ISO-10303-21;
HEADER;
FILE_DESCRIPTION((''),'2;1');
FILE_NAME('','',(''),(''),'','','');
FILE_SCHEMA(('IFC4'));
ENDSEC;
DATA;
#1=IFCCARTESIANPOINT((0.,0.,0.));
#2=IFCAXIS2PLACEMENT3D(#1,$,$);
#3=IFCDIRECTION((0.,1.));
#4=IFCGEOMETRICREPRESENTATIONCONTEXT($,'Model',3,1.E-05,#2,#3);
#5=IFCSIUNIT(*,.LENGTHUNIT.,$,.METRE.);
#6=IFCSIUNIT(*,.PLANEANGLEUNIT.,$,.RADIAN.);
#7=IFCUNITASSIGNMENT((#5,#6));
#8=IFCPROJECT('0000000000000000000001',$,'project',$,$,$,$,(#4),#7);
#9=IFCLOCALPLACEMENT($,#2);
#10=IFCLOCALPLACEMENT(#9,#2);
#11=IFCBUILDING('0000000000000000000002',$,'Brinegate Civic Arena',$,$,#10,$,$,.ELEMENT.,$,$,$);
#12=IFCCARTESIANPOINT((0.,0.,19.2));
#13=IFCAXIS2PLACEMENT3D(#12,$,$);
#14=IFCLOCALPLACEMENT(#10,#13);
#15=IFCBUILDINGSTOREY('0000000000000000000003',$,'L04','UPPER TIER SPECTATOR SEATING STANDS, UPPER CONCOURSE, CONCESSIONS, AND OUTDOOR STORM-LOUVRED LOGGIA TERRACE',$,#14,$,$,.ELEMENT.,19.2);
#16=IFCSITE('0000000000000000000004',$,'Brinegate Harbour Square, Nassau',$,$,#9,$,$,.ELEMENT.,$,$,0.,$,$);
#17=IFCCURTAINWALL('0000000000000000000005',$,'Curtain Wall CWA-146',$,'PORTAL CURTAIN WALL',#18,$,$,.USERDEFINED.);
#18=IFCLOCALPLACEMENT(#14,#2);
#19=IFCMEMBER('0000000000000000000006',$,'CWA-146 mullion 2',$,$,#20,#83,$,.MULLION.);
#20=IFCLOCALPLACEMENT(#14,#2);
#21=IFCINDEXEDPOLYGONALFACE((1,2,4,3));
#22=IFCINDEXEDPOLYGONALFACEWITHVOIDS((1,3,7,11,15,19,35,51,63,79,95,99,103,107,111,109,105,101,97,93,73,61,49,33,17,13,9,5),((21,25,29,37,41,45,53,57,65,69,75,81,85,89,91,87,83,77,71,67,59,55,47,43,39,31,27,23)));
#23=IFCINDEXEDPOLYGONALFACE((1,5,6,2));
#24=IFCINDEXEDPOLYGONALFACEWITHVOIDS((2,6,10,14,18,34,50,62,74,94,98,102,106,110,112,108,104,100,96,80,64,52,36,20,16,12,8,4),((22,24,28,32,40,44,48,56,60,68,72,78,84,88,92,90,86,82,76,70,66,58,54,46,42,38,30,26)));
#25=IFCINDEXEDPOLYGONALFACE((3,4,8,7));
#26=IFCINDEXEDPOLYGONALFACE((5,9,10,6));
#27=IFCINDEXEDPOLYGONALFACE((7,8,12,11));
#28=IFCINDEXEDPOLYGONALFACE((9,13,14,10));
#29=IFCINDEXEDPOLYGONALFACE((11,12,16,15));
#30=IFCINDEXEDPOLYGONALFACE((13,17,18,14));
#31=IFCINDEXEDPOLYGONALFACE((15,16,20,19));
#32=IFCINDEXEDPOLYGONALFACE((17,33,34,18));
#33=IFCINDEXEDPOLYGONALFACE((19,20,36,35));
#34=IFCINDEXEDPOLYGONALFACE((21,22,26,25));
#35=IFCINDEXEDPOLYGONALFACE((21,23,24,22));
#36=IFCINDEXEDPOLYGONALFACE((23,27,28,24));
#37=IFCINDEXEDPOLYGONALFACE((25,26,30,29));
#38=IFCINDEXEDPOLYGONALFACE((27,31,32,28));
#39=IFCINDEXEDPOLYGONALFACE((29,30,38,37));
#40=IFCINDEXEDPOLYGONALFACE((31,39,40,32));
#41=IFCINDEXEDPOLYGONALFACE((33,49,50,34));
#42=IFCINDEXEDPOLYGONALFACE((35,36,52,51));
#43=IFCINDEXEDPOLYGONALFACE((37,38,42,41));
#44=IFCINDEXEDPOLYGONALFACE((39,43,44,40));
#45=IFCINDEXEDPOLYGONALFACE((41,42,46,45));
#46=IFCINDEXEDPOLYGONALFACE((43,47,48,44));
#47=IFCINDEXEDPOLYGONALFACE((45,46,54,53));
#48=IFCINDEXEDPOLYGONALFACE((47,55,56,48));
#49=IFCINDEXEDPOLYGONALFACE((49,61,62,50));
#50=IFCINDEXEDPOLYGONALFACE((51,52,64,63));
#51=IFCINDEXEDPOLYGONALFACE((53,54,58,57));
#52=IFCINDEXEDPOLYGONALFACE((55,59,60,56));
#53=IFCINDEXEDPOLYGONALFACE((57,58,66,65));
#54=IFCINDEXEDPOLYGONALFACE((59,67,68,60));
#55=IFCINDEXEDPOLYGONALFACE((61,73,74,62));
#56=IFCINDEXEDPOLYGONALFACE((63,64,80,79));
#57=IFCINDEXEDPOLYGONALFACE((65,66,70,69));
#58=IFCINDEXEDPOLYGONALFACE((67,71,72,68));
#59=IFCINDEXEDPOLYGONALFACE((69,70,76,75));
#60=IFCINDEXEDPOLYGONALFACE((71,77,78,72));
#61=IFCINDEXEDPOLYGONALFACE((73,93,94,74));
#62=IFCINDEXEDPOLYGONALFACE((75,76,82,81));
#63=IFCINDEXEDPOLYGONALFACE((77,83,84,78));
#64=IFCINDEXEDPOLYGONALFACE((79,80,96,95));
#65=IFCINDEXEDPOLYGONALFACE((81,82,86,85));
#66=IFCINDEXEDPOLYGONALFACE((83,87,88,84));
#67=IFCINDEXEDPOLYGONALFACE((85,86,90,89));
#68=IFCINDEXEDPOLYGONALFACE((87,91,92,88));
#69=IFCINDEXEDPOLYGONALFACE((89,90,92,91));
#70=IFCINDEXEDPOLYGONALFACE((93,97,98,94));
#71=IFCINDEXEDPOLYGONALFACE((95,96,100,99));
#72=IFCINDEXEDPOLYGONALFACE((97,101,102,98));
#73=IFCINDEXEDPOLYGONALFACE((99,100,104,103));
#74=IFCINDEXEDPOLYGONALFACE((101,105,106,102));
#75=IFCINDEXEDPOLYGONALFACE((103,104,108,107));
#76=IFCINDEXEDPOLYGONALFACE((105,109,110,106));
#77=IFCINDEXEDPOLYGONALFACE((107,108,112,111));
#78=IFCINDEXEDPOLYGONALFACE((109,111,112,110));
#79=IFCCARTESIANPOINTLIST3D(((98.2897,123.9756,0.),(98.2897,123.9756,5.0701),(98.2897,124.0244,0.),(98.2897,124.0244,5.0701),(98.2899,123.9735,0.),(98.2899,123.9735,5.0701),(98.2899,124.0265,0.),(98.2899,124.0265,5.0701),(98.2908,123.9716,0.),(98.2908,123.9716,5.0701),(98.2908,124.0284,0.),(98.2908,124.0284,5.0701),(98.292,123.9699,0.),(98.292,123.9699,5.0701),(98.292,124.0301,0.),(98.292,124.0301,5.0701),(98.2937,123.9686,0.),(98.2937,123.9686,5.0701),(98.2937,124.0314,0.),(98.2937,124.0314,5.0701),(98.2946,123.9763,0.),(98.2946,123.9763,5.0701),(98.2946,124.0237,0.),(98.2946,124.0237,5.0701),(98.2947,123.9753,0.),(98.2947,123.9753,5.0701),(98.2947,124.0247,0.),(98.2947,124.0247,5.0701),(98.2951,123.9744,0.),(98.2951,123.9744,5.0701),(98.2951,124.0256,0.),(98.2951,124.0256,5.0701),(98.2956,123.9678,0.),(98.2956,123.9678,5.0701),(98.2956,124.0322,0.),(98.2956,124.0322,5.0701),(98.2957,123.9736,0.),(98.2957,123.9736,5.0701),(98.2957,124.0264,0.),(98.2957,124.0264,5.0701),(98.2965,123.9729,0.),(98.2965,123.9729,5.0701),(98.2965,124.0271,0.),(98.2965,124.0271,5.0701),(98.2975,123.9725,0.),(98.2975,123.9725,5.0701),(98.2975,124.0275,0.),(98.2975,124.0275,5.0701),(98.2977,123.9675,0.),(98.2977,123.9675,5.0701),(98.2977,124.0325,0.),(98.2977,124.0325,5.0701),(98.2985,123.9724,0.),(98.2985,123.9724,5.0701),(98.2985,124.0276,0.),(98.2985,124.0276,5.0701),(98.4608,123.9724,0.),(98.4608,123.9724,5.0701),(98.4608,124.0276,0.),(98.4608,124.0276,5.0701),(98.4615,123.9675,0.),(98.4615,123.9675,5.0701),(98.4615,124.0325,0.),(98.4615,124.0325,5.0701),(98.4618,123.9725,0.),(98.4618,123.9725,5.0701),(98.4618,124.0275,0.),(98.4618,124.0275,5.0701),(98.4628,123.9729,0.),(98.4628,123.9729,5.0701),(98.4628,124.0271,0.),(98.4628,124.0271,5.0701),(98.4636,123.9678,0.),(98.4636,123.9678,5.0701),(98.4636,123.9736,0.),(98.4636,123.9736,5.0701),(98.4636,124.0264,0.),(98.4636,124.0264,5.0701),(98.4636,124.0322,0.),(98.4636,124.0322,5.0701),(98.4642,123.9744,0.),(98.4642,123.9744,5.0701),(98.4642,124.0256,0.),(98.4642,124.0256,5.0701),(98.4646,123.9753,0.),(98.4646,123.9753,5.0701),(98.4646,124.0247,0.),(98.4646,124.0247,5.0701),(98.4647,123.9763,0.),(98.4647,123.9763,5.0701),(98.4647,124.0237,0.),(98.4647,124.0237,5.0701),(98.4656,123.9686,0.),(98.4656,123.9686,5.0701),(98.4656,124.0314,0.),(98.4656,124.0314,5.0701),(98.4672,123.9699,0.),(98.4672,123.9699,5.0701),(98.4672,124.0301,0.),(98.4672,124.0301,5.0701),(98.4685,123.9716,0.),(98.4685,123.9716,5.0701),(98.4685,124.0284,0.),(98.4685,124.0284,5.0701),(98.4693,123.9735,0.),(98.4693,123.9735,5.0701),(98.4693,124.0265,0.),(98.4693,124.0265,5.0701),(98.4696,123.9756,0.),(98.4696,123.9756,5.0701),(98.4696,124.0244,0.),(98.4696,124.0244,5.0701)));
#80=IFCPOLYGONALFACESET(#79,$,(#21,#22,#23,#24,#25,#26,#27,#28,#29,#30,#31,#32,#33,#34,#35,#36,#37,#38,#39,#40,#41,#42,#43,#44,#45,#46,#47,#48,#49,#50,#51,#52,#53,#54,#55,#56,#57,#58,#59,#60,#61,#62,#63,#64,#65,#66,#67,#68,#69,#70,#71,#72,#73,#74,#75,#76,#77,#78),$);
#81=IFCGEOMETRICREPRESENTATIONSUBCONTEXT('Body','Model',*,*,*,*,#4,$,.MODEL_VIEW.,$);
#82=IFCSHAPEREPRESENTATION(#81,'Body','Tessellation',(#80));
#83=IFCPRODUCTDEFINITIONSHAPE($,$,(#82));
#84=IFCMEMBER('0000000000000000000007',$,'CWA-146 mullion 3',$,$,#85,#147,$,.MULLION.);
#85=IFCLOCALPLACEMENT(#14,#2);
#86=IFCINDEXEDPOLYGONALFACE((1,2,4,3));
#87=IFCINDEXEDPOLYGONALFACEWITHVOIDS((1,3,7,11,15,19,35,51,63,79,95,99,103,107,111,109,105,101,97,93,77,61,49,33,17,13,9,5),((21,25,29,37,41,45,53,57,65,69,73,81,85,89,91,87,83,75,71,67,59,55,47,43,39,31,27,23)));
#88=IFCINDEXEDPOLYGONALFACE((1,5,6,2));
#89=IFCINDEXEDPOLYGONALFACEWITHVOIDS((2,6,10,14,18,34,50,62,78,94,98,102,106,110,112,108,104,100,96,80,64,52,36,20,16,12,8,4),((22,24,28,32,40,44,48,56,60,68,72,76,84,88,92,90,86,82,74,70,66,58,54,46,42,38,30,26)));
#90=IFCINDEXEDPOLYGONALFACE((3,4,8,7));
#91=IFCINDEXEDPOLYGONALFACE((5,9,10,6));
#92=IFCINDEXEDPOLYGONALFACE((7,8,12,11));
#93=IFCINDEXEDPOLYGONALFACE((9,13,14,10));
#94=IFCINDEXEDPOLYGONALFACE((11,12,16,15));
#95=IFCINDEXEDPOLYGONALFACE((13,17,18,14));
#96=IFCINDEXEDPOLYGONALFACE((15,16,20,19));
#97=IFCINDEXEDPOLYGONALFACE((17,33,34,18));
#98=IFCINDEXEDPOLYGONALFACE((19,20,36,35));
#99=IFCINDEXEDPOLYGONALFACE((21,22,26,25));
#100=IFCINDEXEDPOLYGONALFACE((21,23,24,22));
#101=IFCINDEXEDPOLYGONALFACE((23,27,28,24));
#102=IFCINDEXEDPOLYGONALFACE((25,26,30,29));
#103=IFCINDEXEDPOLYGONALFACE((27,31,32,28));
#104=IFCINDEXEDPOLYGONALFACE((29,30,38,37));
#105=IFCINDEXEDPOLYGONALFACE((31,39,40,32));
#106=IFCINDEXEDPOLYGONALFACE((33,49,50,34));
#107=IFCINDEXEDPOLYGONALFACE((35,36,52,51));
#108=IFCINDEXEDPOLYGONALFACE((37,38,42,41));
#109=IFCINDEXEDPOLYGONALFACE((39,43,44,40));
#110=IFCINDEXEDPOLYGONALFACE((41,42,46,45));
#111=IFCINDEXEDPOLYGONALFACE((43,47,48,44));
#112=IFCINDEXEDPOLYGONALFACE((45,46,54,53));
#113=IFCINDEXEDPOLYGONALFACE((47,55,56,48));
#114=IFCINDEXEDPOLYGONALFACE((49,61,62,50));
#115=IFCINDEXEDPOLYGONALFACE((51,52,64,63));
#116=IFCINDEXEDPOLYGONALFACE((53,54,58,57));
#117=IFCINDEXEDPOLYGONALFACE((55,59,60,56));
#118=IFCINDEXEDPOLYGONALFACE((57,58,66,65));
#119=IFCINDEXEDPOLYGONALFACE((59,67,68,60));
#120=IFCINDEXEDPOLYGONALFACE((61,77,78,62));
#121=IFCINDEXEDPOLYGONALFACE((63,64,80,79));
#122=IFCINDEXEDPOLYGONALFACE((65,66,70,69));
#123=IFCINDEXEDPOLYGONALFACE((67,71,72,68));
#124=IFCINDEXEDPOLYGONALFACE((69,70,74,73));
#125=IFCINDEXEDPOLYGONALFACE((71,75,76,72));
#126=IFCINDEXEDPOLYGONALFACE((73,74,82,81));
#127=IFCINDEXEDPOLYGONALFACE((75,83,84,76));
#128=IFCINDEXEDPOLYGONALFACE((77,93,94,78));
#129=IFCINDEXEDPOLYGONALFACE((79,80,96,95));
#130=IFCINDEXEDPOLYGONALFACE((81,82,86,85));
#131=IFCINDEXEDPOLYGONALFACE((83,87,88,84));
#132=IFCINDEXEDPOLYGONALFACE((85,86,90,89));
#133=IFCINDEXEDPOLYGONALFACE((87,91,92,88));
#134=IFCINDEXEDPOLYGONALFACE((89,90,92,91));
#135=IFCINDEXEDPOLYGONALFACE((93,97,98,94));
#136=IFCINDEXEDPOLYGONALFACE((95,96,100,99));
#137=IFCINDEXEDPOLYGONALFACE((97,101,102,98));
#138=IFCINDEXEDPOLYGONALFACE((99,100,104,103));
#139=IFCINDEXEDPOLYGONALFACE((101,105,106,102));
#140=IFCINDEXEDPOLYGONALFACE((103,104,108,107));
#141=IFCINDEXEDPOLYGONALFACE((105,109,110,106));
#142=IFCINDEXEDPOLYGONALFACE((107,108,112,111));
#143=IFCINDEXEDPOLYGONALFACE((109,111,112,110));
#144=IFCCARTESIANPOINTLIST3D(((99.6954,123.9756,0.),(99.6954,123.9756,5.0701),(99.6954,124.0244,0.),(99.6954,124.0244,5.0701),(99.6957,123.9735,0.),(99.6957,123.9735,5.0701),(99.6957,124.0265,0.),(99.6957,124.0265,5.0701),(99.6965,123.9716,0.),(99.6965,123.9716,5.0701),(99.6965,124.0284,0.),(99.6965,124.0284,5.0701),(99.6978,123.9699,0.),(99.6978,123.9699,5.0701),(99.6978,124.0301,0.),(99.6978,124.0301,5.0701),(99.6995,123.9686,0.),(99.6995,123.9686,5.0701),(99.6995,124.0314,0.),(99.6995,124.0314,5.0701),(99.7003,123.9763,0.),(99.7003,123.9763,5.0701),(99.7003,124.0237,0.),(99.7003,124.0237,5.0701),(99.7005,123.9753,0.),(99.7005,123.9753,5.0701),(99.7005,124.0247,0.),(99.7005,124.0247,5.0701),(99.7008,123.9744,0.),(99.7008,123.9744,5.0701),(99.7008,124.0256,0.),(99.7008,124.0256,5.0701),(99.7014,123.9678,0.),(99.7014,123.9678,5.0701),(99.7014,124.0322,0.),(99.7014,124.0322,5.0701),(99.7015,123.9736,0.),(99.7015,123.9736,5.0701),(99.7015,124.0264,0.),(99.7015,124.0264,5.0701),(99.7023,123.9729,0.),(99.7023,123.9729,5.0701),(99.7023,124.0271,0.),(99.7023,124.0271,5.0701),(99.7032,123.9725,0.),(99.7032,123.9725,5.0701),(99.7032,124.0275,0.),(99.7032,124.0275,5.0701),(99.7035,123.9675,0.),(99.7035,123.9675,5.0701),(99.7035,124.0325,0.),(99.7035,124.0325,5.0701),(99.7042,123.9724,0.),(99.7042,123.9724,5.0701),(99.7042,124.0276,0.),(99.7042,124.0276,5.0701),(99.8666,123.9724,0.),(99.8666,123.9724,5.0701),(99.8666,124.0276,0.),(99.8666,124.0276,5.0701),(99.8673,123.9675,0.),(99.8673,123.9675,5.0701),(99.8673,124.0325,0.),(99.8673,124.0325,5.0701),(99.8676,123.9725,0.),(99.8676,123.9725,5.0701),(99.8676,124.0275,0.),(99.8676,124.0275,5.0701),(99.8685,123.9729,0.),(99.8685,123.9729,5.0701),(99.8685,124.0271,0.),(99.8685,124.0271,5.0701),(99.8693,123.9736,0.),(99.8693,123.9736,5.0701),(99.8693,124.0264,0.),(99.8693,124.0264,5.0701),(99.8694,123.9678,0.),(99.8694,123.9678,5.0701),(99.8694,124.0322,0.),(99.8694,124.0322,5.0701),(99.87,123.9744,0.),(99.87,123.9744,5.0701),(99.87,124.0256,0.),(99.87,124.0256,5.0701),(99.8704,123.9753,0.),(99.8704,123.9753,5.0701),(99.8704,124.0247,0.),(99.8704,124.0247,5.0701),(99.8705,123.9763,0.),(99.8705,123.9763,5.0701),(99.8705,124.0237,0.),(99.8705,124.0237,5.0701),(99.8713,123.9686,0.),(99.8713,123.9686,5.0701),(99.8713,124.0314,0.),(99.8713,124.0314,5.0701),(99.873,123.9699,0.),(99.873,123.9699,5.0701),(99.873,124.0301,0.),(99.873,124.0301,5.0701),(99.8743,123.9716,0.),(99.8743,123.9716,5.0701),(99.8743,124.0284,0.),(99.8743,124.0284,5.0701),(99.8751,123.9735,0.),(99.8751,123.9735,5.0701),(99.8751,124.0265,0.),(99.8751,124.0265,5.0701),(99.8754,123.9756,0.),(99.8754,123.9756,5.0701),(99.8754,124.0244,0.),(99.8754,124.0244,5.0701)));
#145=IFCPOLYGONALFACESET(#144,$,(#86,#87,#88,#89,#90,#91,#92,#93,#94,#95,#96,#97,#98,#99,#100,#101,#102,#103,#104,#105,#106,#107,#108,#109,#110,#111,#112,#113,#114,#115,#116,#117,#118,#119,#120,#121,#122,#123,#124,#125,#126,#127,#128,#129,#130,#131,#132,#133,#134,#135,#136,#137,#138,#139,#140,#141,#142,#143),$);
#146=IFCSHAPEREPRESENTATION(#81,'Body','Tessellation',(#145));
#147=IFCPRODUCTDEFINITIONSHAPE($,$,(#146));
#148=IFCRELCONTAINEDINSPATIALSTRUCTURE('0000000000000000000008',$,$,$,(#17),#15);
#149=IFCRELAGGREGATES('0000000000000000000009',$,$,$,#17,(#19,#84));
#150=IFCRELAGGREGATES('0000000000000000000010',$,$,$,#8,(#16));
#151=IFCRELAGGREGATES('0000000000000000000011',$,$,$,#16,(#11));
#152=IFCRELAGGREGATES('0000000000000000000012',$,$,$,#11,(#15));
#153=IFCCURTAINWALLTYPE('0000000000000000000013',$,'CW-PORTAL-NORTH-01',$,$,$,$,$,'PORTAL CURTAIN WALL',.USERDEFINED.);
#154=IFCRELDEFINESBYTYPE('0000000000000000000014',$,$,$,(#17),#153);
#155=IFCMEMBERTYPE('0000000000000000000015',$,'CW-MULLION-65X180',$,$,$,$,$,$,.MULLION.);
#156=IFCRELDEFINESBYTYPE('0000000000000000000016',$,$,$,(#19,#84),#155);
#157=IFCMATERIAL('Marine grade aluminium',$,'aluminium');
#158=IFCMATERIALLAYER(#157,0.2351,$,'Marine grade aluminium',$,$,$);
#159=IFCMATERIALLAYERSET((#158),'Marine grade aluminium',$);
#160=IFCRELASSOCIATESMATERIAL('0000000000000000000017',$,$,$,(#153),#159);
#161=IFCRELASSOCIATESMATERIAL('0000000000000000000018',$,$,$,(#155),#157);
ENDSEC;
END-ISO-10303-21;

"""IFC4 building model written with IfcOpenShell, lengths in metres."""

from ifc_helpers import new_model, si_unit, direction, frame, origin, origin_2d, place, context, subcontext, project, spatial, hollow_rectangle, extrude, material, layer, layer_set, material_profile, profile_set, type_object, element, aggregate, save


model = new_model("IFC4")

# Units and contexts
model_context = context("Model", 3, precision=1e-05, world=origin(), true_north=direction((0.0, 1.0)))
body_context = subcontext(model_context, "Body", "Model", "MODEL_VIEW")
ifc_project = project(units=[si_unit("LENGTHUNIT", "METRE"), si_unit("PLANEANGLEUNIT", "RADIAN")], contexts=[model_context])

# Site, building, storey
site_placement = place(None, origin())
site = spatial("IfcSite", under=ifc_project, at=site_placement, Name="Brinegate Harbour Square, Nassau", CompositionType="ELEMENT", RefElevation=0.0)
building_placement = place(site_placement, origin())
building = spatial("IfcBuilding", under=site, at=building_placement, Name="Brinegate Civic Arena", CompositionType="ELEMENT")
storey_placement = place(building_placement, frame((0.0, 0.0, 19.2)))
storey = spatial("IfcBuildingStorey", under=building, at=storey_placement, Name="L04", Description="UPPER TIER SPECTATOR SEATING STANDS, UPPER CONCOURSE, CONCESSIONS, AND OUTDOOR STORM-LOUVRED LOGGIA TERRACE", CompositionType="ELEMENT", Elevation=19.2)

# Curtain wall, members
ifc_material_1 = material(Name="Marine grade aluminium", Category="aluminium")
ifc_layer_1 = layer(ifc_material_1, 0.2351, Name="Marine grade aluminium")
ifc_layer_set_1 = layer_set([ifc_layer_1], Name="Marine grade aluminium")
curtain_wall_type = type_object("IfcCurtainWallType", Name="CW-PORTAL-NORTH-01", ElementType="PORTAL CURTAIN WALL", PredefinedType="USERDEFINED", material=ifc_layer_set_1)
curtain_wall_placement = place(storey_placement, origin())
curtain_wall = element("IfcCurtainWall", 1, at=curtain_wall_placement, inside=storey, type_object=curtain_wall_type, Name="Curtain Wall CWA-146", ObjectType="PORTAL CURTAIN WALL", PredefinedType="USERDEFINED")
ifc_material_profile_1 = material_profile(ifc_material_1, hollow_rectangle(XDim=0.0649, YDim=0.1799, WallThickness=0.0049, InnerFilletRadius=0.0039, OuterFilletRadius=0.0081, at=origin_2d()), Name="MUL65X180")
ifc_profile_set_1 = profile_set([ifc_material_profile_1], Name="Marine grade aluminium")
member_type_1 = type_object("IfcMemberType", Name="CW-MULLION-65X180", PredefinedType="MULLION", material=ifc_profile_set_1)
member_1_placement = place(storey_placement, frame((98.3796, 124.0, 0.0), z_axis=(0.0, 0.0, 1.0), x_axis=(0.0, 1.0, 0.0)))
member_1 = element("IfcMember", 2, at=member_1_placement, type_object=member_type_1, Name="CWA-146 mullion 2", PredefinedType="MULLION", context=body_context, shape_type="SweptSolid", body=[
    extrude(hollow_rectangle(XDim=0.0649, YDim=0.1799, WallThickness=0.0049, InnerFilletRadius=0.0039, OuterFilletRadius=0.0081, at=origin_2d()), origin(), (0.0, 0.0, 1.0), 5.0701),
])
member_2_placement = place(storey_placement, frame((99.7854, 124.0, 0.0), z_axis=(0.0, 0.0, 1.0), x_axis=(0.0, 1.0, 0.0)))
member_2 = element("IfcMember", 3, at=member_2_placement, type_object=member_type_1, Name="CWA-146 mullion 3", PredefinedType="MULLION", context=body_context, shape_type="SweptSolid", body=[
    extrude(hollow_rectangle(XDim=0.0649, YDim=0.1799, WallThickness=0.0049, InnerFilletRadius=0.0039, OuterFilletRadius=0.0081, at=origin_2d()), origin(), (0.0, 0.0, 1.0), 5.0701),
])
aggregate(curtain_wall, [member_1, member_2])

save(model, "model.ifc")
